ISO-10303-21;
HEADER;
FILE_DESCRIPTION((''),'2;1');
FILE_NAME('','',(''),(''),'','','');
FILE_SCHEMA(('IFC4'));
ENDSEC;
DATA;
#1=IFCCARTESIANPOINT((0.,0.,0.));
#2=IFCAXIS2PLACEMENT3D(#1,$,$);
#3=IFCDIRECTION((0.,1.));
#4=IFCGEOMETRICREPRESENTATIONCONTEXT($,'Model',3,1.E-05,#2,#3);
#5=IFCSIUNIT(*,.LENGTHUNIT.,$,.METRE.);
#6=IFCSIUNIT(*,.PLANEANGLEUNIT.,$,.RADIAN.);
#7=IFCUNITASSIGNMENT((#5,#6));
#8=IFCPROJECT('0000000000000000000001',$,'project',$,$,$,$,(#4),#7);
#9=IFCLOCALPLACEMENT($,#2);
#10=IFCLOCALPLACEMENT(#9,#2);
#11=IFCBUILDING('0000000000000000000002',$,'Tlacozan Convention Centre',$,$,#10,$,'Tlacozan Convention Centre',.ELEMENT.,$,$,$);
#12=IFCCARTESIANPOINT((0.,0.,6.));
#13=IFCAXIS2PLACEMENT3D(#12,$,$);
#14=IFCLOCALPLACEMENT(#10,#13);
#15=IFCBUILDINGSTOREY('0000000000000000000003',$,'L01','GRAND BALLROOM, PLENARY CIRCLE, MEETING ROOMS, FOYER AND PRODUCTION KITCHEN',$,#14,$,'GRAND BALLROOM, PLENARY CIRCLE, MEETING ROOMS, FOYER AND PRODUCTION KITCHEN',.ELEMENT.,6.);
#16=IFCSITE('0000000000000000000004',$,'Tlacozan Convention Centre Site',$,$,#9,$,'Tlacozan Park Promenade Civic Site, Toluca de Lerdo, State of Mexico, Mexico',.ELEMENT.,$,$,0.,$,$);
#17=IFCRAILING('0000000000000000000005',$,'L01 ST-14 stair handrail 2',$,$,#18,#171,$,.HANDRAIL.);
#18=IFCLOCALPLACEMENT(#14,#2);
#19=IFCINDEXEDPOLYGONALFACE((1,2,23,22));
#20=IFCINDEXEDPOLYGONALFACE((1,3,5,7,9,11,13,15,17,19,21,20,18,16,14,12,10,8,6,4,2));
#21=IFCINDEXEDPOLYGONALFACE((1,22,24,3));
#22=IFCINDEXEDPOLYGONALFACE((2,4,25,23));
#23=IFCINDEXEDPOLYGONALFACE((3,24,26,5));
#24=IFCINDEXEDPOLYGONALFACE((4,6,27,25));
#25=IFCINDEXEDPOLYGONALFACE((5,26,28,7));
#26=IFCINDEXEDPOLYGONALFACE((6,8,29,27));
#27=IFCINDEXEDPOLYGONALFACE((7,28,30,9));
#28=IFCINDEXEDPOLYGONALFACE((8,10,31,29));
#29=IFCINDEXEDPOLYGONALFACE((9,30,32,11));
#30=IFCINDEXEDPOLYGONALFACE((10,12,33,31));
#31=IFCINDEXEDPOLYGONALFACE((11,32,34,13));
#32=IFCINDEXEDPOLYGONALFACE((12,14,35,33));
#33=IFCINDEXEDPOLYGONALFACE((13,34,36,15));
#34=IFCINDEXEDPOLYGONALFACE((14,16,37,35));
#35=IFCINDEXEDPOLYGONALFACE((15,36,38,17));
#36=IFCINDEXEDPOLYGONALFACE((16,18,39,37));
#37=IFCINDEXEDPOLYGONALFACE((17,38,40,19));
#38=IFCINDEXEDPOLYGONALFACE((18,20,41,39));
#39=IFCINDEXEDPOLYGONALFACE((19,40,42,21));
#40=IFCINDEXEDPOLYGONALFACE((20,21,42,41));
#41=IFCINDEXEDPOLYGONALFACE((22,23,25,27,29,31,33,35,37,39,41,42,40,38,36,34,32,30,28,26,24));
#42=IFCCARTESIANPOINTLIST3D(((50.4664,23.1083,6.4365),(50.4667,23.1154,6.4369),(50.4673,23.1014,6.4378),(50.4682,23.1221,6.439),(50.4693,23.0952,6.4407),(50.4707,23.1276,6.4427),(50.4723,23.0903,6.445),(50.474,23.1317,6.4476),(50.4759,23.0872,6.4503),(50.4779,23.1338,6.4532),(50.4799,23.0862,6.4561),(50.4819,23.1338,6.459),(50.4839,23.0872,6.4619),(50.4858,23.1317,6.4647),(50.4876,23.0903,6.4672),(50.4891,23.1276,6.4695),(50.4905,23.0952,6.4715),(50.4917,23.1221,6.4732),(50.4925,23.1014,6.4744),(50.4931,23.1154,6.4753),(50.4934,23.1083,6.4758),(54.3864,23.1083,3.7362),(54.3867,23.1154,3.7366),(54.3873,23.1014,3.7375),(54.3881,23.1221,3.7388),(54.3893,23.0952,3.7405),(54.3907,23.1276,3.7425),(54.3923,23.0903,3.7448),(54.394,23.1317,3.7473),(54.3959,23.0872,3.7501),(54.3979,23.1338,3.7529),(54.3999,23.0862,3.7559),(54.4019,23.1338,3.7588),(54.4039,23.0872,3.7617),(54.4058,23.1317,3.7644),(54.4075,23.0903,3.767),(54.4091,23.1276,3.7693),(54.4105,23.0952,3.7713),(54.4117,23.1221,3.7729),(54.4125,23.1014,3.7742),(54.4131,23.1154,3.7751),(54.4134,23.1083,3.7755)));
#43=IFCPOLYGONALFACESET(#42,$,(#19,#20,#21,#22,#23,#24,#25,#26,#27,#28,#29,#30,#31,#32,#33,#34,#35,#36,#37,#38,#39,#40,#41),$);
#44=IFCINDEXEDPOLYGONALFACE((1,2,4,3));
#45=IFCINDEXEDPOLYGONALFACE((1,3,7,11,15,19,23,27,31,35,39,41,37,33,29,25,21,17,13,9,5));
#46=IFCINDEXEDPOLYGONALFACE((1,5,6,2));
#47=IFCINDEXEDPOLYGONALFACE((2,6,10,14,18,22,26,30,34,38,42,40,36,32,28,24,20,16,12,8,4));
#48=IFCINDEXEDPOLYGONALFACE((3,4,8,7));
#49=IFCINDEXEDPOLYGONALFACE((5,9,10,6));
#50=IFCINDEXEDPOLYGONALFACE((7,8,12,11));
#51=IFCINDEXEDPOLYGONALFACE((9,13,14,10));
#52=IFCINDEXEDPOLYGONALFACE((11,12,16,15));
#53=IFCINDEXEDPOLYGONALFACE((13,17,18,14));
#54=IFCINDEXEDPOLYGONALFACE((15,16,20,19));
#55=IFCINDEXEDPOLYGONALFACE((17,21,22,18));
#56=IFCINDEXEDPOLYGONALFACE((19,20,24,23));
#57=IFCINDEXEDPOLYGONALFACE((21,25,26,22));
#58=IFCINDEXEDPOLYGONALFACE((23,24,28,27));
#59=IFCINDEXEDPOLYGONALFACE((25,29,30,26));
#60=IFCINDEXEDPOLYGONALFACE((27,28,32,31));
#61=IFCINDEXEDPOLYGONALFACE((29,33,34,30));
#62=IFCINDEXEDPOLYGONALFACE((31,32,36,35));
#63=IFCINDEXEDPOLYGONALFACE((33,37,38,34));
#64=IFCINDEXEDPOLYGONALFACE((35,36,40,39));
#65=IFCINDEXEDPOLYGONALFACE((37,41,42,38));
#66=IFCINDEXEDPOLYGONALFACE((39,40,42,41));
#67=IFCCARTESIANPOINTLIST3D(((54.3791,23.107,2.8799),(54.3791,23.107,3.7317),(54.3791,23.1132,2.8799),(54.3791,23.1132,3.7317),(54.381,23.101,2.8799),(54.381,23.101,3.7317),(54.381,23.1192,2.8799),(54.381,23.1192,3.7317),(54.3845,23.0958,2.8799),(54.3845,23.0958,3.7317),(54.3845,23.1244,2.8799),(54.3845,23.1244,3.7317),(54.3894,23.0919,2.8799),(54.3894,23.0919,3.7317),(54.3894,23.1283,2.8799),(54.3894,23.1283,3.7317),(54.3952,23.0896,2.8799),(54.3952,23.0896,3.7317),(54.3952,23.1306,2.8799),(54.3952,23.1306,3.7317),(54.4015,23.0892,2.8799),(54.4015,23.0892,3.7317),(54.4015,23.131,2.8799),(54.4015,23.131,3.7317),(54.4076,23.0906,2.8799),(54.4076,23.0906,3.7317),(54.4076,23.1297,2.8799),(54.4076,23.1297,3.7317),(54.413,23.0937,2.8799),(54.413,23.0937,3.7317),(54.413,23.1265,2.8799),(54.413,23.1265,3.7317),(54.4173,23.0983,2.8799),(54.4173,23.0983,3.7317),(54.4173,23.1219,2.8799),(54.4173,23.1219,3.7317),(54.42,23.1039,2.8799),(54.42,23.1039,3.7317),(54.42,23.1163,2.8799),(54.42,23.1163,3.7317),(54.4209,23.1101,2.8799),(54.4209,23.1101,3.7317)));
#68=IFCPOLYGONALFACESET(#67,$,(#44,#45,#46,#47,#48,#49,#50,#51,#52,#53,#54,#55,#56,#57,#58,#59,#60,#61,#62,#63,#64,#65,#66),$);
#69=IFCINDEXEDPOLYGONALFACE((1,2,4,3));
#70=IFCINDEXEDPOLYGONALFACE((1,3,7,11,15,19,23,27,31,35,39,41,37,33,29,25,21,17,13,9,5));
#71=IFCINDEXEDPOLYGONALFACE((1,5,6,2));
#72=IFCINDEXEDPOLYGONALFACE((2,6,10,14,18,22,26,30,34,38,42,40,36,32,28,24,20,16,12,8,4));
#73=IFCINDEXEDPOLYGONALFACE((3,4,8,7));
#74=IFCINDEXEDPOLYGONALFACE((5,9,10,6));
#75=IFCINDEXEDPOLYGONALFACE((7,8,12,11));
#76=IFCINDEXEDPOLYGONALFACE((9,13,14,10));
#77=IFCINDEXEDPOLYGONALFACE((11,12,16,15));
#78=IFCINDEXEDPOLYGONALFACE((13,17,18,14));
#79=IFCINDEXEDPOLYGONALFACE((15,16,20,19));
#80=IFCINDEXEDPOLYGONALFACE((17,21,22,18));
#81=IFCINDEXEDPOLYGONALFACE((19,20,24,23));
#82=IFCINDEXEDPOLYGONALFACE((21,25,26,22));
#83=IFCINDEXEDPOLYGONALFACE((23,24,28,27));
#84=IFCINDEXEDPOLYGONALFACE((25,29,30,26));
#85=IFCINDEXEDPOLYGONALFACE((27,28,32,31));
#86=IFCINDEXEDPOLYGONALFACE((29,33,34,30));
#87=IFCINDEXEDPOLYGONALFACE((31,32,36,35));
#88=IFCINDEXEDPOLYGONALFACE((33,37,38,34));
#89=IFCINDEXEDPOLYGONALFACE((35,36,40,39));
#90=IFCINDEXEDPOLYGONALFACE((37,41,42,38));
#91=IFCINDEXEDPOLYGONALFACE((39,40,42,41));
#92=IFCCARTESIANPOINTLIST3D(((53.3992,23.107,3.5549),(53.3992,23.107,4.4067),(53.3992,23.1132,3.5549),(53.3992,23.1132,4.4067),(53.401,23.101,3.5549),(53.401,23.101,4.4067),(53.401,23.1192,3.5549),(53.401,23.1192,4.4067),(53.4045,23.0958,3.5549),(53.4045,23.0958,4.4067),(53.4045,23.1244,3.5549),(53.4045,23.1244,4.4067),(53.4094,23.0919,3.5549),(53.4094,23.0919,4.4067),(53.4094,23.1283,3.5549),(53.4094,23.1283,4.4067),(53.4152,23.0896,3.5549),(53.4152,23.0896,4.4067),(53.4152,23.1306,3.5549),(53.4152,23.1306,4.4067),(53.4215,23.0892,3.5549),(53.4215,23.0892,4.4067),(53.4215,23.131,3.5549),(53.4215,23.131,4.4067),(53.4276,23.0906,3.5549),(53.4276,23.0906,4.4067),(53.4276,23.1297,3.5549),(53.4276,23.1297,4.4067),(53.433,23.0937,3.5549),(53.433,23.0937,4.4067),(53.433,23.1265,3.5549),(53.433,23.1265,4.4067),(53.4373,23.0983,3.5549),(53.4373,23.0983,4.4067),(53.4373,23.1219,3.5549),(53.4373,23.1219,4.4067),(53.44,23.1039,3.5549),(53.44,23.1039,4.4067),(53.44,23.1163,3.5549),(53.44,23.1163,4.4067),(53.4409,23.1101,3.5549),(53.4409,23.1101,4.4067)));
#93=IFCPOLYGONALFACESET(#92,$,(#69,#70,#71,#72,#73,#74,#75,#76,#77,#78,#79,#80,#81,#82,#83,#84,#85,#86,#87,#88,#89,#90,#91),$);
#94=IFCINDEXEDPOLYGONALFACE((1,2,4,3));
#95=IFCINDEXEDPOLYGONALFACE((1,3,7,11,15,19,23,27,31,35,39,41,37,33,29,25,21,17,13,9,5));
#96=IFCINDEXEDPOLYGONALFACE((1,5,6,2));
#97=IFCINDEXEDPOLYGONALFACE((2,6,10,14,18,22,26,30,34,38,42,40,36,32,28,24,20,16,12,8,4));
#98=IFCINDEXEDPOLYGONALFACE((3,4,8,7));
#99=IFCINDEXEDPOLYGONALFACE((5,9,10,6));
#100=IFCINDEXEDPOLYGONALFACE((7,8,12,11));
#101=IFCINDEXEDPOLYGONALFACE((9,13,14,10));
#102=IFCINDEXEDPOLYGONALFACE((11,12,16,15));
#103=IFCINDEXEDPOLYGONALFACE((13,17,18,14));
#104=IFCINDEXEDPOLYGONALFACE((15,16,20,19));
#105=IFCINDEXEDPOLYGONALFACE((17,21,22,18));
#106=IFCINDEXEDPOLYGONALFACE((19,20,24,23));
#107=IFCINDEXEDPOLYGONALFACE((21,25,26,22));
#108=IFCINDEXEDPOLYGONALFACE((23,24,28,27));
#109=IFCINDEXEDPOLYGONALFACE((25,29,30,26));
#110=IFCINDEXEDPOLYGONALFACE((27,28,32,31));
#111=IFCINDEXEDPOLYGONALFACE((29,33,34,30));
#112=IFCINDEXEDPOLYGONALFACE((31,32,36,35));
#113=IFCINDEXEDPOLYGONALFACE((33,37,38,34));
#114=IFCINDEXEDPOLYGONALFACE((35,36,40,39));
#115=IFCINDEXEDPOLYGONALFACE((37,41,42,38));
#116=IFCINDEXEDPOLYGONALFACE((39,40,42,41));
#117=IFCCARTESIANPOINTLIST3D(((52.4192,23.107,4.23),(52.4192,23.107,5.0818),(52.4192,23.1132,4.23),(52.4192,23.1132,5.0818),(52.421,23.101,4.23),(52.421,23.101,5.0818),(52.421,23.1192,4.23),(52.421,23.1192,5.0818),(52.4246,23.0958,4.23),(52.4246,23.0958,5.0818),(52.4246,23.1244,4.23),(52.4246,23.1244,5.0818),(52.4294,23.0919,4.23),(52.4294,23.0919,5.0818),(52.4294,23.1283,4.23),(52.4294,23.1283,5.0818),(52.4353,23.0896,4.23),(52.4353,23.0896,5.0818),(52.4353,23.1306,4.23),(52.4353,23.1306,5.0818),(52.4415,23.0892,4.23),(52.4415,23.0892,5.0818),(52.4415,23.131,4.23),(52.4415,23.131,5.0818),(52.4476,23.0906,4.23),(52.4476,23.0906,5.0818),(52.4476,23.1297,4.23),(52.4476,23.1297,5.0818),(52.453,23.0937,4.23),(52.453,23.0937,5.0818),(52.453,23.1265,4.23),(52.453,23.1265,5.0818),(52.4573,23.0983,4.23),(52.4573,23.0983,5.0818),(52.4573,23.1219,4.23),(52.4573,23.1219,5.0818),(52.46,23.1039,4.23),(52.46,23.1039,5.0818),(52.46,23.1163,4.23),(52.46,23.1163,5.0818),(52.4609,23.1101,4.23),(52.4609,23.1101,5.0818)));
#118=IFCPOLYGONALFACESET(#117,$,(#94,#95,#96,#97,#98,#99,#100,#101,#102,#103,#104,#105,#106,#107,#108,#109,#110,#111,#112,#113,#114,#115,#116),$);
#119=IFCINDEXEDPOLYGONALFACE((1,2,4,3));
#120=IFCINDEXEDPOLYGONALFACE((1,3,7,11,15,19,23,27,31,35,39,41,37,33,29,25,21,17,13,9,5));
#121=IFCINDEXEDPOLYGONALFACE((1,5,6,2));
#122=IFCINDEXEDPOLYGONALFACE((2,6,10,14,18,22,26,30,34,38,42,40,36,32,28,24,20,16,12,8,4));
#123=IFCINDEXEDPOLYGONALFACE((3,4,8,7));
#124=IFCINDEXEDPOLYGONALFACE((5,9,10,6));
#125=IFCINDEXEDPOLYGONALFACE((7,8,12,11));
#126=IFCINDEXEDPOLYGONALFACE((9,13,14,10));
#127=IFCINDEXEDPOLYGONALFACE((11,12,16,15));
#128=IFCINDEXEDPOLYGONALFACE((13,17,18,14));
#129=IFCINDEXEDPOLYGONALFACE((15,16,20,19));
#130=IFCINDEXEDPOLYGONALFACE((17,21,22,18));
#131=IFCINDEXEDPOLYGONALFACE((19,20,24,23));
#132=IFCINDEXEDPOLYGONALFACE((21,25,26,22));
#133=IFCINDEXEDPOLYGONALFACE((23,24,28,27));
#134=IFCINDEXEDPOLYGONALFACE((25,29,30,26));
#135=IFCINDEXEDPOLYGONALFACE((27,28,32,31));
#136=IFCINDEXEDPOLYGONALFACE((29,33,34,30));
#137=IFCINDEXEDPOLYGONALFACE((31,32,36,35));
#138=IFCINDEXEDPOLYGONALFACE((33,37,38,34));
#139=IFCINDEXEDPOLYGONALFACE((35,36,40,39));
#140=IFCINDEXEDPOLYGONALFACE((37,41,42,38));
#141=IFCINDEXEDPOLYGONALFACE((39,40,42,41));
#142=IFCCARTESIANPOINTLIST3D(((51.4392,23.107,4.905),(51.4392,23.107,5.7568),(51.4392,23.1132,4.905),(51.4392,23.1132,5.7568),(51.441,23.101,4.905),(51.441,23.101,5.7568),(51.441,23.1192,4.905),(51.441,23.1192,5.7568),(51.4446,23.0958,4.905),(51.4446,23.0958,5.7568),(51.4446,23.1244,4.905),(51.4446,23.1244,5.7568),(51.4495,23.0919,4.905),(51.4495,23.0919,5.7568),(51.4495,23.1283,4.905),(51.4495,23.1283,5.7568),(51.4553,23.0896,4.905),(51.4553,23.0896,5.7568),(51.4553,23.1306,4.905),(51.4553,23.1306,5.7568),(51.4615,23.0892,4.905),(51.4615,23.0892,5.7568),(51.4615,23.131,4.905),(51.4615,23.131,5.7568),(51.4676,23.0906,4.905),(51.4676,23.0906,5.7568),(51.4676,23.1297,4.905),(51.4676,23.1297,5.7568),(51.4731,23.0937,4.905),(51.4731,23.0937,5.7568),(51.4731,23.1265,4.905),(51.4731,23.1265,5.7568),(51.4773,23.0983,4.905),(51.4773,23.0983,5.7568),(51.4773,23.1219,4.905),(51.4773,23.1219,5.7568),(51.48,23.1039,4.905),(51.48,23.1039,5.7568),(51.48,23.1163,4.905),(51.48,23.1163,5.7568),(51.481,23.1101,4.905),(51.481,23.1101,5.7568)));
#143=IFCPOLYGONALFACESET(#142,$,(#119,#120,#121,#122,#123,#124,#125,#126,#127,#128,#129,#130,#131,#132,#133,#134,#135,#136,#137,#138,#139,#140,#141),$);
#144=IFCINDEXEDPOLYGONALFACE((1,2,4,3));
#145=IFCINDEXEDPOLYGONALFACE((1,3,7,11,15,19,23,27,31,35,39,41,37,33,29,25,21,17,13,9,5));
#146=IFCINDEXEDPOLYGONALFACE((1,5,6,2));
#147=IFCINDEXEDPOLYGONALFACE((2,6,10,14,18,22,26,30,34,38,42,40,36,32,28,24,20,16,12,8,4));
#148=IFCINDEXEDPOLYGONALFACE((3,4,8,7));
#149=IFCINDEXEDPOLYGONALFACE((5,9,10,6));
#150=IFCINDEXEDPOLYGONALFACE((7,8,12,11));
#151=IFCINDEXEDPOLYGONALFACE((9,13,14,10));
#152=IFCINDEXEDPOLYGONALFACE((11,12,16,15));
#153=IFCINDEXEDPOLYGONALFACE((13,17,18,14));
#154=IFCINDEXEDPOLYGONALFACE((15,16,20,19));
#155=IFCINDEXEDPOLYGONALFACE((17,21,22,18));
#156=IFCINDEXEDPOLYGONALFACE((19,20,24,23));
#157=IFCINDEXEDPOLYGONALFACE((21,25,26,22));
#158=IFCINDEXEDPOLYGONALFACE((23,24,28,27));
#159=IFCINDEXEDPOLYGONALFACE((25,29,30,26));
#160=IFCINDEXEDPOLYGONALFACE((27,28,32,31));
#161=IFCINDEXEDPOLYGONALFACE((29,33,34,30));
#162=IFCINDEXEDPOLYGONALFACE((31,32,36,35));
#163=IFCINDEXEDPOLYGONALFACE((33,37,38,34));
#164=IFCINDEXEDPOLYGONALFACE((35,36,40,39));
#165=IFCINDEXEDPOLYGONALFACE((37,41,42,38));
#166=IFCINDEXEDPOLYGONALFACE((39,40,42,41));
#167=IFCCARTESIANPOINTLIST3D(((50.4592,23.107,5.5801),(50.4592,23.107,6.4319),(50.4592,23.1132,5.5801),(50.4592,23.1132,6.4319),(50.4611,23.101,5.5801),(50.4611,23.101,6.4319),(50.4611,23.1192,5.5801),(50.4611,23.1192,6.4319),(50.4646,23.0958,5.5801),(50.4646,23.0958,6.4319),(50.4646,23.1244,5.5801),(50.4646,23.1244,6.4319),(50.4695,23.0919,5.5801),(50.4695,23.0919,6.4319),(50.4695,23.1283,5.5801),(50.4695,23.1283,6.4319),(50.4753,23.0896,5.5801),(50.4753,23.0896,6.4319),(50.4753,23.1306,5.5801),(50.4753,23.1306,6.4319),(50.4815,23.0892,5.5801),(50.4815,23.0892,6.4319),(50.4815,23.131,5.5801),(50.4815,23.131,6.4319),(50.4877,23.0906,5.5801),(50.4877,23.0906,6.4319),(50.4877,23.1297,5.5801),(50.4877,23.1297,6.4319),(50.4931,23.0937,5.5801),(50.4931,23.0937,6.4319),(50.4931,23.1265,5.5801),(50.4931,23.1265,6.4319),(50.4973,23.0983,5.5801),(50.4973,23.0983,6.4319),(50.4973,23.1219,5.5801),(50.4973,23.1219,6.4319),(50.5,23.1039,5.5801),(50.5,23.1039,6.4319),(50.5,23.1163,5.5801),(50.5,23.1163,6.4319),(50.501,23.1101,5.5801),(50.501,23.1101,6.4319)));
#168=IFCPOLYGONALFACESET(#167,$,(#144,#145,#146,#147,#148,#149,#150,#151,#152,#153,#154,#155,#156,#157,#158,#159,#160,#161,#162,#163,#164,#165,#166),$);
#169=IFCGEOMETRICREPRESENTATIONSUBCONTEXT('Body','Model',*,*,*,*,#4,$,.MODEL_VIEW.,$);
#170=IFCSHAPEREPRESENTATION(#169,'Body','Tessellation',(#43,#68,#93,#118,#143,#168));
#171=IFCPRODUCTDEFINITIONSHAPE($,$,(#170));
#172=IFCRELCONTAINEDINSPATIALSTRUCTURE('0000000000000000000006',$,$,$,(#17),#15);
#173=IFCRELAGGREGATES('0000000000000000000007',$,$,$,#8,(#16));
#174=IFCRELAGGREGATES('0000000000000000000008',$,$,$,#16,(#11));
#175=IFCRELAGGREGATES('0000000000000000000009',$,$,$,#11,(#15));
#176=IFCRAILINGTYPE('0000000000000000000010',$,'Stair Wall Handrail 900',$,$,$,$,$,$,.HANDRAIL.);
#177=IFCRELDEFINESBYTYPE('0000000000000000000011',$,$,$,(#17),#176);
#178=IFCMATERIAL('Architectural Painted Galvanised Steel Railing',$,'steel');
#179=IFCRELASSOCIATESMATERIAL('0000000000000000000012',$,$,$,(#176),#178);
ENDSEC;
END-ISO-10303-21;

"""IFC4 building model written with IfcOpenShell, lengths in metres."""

from ifc_helpers import new_model, si_unit, direction, frame, origin, origin_2d, place, context, subcontext, project, spatial, circle, extrude, material, type_object, element, save


model = new_model("IFC4")

# Units and contexts
model_context = context("Model", 3, precision=1e-05, world=origin(), true_north=direction((0.0, 1.0)))
body_context = subcontext(model_context, "Body", "Model", "MODEL_VIEW")
ifc_project = project(units=[si_unit("LENGTHUNIT", "METRE"), si_unit("PLANEANGLEUNIT", "RADIAN")], contexts=[model_context])

# Site, building, storey
site_placement = place(None, origin())
site = spatial("IfcSite", under=ifc_project, at=site_placement, Name="Tlacozan Convention Centre Site", LongName="Tlacozan Park Promenade Civic Site, Toluca de Lerdo, State of Mexico, Mexico", CompositionType="ELEMENT", RefElevation=0.0)
building_placement = place(site_placement, origin())
building = spatial("IfcBuilding", under=site, at=building_placement, Name="Tlacozan Convention Centre", LongName="Tlacozan Convention Centre", CompositionType="ELEMENT")
storey_placement = place(building_placement, frame((0.0, 0.0, 6.0)))
storey = spatial("IfcBuildingStorey", under=building, at=storey_placement, Name="L01", Description="GRAND BALLROOM, PLENARY CIRCLE, MEETING ROOMS, FOYER AND PRODUCTION KITCHEN", LongName="GRAND BALLROOM, PLENARY CIRCLE, MEETING ROOMS, FOYER AND PRODUCTION KITCHEN", CompositionType="ELEMENT", Elevation=6.0)

# Railing
ifc_material_1 = material(Name="Architectural Painted Galvanised Steel Railing", Category="steel")
railing_type_1 = type_object("IfcRailingType", Name="Stair Wall Handrail 900", PredefinedType="HANDRAIL", material=ifc_material_1)
railing_1_placement = place(storey_placement, frame((54.3999, 23.1101, 2.8799)))
element("IfcRailing", 1, at=railing_1_placement, inside=storey, type_object=railing_type_1, Name="L01 ST-14 stair handrail 2", PredefinedType="HANDRAIL", context=body_context, shape_type="SweptSolid", body=[
    extrude(circle(Radius=0.0239, at=origin_2d()), frame((0.0, 0.0, 0.876), z_axis=(-0.823527, 0.0, 0.567277), x_axis=(0.0, -1.0, 0.0)), (0.0, 0.0, 1.0), 4.76),
    extrude(circle(Radius=0.021, at=origin_2d()), origin(), (0.0, 0.0, 1.0), 0.8518),
    extrude(circle(Radius=0.021, at=origin_2d()), frame((-0.98, 0.0, 0.675)), (0.0, 0.0, 1.0), 0.8518),
    extrude(circle(Radius=0.021, at=origin_2d()), frame((-1.96, 0.0, 1.3501)), (0.0, 0.0, 1.0), 0.8518),
    extrude(circle(Radius=0.021, at=origin_2d()), frame((-2.9399, 0.0, 2.0251)), (0.0, 0.0, 1.0), 0.8518),
    extrude(circle(Radius=0.021, at=origin_2d()), frame((-3.9199, 0.0, 2.7002)), (0.0, 0.0, 1.0), 0.8518),
])

save(model, "model.ifc")
